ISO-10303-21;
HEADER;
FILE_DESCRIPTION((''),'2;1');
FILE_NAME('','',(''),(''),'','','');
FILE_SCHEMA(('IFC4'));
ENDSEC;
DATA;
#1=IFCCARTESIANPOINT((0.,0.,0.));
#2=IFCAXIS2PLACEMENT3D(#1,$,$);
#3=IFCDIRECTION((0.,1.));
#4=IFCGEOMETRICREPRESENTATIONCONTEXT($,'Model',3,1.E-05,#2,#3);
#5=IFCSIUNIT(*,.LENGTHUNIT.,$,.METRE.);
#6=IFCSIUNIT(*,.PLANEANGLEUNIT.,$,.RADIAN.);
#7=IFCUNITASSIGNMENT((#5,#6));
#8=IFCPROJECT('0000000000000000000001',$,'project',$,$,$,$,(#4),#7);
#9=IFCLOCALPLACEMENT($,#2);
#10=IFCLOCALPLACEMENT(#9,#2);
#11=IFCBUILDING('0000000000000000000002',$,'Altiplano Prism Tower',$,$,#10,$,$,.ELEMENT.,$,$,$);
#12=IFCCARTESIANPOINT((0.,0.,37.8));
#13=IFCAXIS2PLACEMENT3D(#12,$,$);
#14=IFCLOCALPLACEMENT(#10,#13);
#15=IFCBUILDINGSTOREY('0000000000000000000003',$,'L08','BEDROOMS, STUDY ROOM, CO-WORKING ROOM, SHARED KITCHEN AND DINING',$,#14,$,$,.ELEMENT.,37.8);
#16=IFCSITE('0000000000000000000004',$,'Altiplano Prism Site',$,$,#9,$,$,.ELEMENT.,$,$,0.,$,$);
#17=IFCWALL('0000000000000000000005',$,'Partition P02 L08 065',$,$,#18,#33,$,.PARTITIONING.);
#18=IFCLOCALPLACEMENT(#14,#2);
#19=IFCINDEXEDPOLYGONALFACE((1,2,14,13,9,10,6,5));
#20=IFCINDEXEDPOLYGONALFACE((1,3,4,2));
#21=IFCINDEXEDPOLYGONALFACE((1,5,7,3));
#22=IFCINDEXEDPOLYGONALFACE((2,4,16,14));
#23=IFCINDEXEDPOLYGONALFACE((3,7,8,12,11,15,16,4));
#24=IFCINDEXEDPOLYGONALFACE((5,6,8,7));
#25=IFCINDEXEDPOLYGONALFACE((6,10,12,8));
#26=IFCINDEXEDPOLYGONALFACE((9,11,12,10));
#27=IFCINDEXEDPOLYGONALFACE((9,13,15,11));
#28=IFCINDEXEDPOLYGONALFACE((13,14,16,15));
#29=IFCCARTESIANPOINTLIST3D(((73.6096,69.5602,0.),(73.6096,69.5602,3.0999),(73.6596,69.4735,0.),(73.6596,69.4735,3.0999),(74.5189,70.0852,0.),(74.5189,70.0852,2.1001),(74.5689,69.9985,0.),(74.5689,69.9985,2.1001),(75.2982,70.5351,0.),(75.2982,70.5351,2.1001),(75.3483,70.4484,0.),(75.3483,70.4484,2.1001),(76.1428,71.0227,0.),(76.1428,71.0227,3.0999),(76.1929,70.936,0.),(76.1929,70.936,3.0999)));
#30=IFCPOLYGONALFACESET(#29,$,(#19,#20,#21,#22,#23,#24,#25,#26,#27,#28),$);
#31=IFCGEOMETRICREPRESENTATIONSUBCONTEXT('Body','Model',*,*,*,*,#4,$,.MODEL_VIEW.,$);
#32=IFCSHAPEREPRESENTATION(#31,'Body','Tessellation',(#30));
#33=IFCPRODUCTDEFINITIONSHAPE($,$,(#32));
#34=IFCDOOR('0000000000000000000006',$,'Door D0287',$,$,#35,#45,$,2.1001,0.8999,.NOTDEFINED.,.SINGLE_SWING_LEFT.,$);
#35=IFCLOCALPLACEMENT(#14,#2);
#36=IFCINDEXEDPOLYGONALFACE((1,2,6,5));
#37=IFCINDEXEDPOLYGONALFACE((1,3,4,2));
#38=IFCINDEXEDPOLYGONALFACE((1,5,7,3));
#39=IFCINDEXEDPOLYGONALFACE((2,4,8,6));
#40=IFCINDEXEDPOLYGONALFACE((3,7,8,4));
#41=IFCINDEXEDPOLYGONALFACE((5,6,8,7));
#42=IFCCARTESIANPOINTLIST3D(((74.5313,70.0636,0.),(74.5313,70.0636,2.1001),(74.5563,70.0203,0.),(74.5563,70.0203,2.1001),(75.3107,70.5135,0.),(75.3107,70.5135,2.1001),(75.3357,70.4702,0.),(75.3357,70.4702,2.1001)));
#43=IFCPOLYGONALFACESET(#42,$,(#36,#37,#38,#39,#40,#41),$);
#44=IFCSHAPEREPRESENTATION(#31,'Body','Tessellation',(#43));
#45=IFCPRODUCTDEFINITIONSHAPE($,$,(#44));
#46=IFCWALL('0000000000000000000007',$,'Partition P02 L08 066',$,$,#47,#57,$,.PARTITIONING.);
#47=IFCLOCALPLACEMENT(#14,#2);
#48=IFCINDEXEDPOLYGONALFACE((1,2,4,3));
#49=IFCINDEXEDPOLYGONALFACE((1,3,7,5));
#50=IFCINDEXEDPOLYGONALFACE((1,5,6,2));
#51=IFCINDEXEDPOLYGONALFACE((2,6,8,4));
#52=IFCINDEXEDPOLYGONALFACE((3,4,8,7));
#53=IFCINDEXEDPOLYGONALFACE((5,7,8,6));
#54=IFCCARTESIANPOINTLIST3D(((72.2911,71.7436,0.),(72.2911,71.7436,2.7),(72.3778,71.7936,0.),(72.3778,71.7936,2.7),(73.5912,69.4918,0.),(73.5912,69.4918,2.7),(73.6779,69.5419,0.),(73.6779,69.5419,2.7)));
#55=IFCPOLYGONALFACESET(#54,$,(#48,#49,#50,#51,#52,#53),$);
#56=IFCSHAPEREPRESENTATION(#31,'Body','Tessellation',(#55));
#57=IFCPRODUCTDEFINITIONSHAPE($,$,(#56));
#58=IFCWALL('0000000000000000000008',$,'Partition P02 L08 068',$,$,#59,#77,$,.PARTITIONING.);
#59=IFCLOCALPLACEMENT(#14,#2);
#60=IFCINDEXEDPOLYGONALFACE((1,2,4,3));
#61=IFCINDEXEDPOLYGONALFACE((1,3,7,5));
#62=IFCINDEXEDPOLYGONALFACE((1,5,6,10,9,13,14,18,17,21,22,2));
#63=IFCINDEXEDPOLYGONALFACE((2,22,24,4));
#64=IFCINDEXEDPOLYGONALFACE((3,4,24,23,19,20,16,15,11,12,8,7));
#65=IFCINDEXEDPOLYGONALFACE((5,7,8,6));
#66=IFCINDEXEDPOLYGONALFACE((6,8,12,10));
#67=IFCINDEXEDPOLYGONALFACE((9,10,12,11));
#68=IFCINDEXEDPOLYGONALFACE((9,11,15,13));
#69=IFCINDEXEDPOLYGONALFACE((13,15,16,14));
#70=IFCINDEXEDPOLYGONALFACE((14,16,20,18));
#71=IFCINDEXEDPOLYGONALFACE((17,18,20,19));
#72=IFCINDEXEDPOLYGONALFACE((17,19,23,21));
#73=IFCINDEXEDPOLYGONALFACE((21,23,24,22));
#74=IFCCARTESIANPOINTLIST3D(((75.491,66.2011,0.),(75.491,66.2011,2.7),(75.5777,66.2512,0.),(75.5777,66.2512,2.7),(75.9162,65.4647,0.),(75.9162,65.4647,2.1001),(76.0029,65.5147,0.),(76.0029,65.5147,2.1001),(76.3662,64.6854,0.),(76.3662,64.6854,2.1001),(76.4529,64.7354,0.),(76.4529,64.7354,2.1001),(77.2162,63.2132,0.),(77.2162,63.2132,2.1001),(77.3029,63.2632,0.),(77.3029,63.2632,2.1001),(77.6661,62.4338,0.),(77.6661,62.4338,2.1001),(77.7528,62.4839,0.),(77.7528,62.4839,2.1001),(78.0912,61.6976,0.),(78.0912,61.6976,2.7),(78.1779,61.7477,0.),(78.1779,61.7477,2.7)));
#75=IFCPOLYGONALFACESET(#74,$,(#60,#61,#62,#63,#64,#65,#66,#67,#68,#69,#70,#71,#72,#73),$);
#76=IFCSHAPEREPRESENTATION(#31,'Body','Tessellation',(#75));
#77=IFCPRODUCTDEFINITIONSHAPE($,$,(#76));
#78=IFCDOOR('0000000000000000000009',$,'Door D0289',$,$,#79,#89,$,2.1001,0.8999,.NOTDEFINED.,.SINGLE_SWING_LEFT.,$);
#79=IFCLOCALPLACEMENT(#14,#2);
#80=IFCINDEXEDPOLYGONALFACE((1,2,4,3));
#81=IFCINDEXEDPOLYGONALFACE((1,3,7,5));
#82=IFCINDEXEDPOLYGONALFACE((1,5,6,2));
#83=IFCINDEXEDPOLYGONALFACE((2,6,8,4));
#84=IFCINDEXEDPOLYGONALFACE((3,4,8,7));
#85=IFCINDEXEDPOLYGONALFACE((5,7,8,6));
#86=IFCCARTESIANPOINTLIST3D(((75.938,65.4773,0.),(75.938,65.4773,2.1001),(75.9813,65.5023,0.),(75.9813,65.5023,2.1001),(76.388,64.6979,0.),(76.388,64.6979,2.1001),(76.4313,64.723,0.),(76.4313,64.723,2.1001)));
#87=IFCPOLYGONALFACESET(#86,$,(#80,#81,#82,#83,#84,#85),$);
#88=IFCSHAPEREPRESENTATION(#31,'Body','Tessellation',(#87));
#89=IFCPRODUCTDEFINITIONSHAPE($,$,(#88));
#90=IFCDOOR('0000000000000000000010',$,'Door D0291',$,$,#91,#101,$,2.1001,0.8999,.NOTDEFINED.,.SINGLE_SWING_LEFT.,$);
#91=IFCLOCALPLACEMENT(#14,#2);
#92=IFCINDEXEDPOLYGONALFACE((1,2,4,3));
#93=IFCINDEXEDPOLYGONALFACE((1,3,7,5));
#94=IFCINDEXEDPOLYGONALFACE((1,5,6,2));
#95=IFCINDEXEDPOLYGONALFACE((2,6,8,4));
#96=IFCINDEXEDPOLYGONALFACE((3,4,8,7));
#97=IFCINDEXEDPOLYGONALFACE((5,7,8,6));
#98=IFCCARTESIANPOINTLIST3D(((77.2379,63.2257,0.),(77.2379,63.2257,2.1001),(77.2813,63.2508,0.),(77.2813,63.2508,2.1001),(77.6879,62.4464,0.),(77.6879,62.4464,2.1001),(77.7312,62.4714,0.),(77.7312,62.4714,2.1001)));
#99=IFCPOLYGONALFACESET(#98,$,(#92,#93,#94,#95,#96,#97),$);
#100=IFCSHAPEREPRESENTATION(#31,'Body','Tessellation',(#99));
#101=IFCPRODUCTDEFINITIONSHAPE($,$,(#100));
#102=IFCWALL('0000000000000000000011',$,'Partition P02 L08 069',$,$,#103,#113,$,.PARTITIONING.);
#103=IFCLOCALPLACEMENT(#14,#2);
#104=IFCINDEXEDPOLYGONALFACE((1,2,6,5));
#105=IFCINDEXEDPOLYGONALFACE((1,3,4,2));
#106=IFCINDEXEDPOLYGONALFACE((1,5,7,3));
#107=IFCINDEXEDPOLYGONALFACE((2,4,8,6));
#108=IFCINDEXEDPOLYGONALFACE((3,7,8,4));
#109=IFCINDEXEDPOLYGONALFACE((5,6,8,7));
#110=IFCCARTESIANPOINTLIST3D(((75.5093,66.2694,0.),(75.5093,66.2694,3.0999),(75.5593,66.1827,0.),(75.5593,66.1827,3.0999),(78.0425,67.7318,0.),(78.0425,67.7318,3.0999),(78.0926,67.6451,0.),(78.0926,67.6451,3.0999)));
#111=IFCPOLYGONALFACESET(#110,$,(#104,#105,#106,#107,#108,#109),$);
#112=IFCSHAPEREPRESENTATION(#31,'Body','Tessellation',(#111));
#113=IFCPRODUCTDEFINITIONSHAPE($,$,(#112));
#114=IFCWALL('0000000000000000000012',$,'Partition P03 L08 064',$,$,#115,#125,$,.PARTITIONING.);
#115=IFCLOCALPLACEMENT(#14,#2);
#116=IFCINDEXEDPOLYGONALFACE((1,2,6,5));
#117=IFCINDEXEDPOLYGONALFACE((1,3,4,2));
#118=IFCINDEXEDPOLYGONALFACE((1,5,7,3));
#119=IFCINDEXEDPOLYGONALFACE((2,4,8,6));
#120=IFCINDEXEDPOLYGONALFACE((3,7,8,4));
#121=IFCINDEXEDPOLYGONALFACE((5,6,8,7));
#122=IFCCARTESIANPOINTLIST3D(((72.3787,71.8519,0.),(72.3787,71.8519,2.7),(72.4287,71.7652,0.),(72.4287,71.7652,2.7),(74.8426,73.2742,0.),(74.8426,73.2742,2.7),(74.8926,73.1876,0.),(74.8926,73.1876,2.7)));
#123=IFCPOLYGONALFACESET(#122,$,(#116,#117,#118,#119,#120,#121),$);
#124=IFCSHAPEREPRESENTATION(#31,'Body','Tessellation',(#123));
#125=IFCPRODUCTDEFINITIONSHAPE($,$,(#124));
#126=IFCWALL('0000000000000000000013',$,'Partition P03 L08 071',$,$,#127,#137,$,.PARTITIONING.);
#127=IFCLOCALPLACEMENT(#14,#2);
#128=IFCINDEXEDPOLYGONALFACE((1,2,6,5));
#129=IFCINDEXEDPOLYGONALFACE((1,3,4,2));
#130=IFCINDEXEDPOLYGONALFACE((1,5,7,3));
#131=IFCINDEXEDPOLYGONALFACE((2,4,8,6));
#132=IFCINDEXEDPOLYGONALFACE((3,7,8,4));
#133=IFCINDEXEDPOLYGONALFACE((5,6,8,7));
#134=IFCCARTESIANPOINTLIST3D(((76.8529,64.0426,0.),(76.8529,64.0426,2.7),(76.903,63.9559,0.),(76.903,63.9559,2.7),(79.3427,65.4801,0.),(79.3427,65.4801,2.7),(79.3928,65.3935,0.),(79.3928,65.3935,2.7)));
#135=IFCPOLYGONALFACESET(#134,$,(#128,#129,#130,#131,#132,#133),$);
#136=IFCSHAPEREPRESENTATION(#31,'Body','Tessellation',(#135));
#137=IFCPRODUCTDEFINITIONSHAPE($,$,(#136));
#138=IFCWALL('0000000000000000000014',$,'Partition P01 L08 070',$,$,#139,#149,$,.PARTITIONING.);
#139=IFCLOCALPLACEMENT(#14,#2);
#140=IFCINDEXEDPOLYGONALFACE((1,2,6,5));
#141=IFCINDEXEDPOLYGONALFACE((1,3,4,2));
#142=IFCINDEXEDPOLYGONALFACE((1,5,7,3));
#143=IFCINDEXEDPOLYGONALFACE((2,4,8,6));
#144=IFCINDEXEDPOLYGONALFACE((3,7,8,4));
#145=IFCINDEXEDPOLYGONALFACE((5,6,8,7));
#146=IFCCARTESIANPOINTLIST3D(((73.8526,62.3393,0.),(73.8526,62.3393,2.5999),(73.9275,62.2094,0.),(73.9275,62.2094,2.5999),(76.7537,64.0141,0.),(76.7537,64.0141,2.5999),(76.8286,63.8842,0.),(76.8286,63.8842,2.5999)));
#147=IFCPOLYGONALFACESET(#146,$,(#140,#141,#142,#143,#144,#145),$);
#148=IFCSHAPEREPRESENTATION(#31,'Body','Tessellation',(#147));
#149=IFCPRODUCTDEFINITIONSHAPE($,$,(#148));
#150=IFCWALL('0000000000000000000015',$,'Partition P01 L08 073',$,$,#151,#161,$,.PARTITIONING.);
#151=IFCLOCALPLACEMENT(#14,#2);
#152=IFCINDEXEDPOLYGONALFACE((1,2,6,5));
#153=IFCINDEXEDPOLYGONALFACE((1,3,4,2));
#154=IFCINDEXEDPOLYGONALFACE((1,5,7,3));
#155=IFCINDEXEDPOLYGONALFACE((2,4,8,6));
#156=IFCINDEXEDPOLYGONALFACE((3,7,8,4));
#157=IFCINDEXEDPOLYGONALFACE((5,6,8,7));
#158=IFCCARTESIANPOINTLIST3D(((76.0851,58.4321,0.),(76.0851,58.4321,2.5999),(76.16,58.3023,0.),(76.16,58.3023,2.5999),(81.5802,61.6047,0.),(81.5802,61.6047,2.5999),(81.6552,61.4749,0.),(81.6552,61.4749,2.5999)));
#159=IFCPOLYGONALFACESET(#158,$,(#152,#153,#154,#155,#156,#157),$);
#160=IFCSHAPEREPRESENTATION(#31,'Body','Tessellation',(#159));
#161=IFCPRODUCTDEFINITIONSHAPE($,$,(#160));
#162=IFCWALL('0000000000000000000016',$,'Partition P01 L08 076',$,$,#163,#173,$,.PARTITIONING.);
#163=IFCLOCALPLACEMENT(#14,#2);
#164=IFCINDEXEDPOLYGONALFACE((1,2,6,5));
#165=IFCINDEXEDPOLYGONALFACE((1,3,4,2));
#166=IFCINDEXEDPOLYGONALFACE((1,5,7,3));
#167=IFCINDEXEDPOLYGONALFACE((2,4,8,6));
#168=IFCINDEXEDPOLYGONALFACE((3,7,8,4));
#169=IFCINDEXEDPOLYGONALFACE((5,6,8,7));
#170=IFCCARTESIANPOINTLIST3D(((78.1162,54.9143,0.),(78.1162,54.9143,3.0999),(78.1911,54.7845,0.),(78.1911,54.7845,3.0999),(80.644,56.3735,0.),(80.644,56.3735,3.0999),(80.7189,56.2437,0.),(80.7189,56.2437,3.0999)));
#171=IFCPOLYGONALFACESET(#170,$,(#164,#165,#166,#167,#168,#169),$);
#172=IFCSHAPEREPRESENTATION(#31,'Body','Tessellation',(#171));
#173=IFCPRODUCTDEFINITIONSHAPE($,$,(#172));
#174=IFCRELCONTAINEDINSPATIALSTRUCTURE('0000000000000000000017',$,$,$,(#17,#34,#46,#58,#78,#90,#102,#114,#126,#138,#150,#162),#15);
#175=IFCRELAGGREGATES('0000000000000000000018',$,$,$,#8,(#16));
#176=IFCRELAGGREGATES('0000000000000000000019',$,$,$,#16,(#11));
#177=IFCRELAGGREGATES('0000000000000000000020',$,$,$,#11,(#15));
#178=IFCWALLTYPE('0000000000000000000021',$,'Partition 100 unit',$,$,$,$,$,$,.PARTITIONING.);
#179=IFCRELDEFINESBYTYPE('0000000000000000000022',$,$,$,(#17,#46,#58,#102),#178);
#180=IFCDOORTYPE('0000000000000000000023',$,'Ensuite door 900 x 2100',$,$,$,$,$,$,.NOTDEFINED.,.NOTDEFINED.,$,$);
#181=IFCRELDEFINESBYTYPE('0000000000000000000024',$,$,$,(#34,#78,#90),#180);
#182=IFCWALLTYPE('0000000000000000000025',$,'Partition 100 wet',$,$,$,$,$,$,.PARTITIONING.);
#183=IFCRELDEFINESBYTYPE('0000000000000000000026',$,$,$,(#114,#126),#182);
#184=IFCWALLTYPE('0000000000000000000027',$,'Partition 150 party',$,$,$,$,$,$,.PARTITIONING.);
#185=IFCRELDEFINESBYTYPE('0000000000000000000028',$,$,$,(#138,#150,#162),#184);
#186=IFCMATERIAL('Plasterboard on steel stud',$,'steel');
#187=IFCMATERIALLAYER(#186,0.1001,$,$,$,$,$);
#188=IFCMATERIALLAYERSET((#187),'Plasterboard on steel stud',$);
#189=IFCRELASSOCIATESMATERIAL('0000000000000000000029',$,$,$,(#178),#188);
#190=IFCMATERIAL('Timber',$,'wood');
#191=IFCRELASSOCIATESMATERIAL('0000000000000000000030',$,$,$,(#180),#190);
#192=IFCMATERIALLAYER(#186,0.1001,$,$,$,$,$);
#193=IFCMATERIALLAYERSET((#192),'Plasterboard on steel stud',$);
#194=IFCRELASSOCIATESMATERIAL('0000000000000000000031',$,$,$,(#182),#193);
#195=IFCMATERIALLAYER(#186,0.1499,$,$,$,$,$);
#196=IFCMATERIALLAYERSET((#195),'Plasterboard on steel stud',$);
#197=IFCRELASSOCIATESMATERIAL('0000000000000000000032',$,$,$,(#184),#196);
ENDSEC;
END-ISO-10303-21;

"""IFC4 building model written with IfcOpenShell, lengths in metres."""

from ifc_helpers import new_model, si_unit, direction, frame, frame_2d, origin, place, context, subcontext, project, spatial, rectangle, extrude, material, layer, layer_set, type_object, element, fill, save


model = new_model("IFC4")

# Units and contexts
model_context = context("Model", 3, precision=1e-05, world=origin(), true_north=direction((0.0, 1.0)))
body_context = subcontext(model_context, "Body", "Model", "MODEL_VIEW")
ifc_project = project(units=[si_unit("LENGTHUNIT", "METRE"), si_unit("PLANEANGLEUNIT", "RADIAN")], contexts=[model_context])

# Site, building, storey
site_placement = place(None, origin())
site = spatial("IfcSite", under=ifc_project, at=site_placement, Name="Altiplano Prism Site", CompositionType="ELEMENT", RefElevation=0.0)
building_placement = place(site_placement, origin())
building = spatial("IfcBuilding", under=site, at=building_placement, Name="Altiplano Prism Tower", CompositionType="ELEMENT")
storey_placement = place(building_placement, frame((0.0, 0.0, 37.8)))
storey = spatial("IfcBuildingStorey", under=building, at=storey_placement, Name="L08", Description="BEDROOMS, STUDY ROOM, CO-WORKING ROOM, SHARED KITCHEN AND DINING", CompositionType="ELEMENT", Elevation=37.8)

# Shared definitions
ifc_material_1 = material(Name="Plasterboard on steel stud", Category="steel")
ifc_layer_1 = layer(ifc_material_1, 0.1001)
ifc_layer_set_1 = layer_set([ifc_layer_1], Name="Plasterboard on steel stud")
wall_type_1 = type_object("IfcWallType", Name="Partition 100 unit", PredefinedType="PARTITIONING", material=ifc_layer_set_1)

# Wall, opening, door
wall_1_placement = place(storey_placement, frame((76.1677, 70.9792, 0.0), z_axis=(0.0, 0.0, 1.0), x_axis=(-0.866047, -0.499963, 0.0)))
wall_1 = element("IfcWall", 1, at=wall_1_placement, inside=storey, type_object=wall_type_1, Name="Partition P02 L08 065", PredefinedType="PARTITIONING", context=body_context, shape_type="SweptSolid", body=[
    extrude(rectangle(XDim=2.925, YDim=0.1001, at=frame_2d((1.4624, 0.0))), origin(), (0.0, 0.0, 1.0), 3.0999),
])
opening_1_placement = place(wall_1_placement, frame((0.9751, 0.0, 0.0)))
opening_1 = element("IfcOpeningElement", 2, at=opening_1_placement, cuts=wall_1, PredefinedType="OPENING", context=body_context, shape_type="SweptSolid", body=[
    extrude(rectangle(XDim=0.8999, YDim=2.1001, at=frame_2d((0.45, 1.05))), frame((0.0, 0.0605, 0.0), z_axis=(0.0, -1.0, 0.0), x_axis=(1.0, 0.0, 0.0)), (0.0, 0.0, 1.0), 0.1211),
])
ifc_material_2 = material(Name="Timber", Category="wood")
door_type = type_object("IfcDoorType", Name="Ensuite door 900 x 2100", OperationType="NOTDEFINED", PredefinedType="NOTDEFINED", material=ifc_material_2)
door_1_placement = place(opening_1_placement, origin())
door_1 = element("IfcDoor", 3, at=door_1_placement, inside=storey, type_object=door_type, Name="Door D0287", OperationType="SINGLE_SWING_LEFT", OverallHeight=2.1001, OverallWidth=0.8999, PredefinedType="NOTDEFINED", context=body_context, shape_type="SweptSolid", body=[
    extrude(rectangle(XDim=0.8999, YDim=2.1001, at=frame_2d((0.45, 1.05))), frame((0.0, 0.0249, 0.0), z_axis=(0.0, -1.0, 0.0), x_axis=(1.0, 0.0, 0.0)), (0.0, 0.0, 1.0), 0.05),
])
fill(opening_1, door_1)

# Wall
wall_2_placement = place(storey_placement, frame((73.6345, 69.5168, 0.0), z_axis=(0.0, 0.0, 1.0), x_axis=(-0.500007, 0.866021, 0.0)))
element("IfcWall", 4, at=wall_2_placement, inside=storey, type_object=wall_type_1, Name="Partition P02 L08 066", PredefinedType="PARTITIONING", context=body_context, shape_type="SweptSolid", body=[
    extrude(rectangle(XDim=2.6001, YDim=0.1001, at=frame_2d((1.3, 0.0))), origin(), (0.0, 0.0, 1.0), 2.7),
])

# Wall, openings, doors
wall_3_placement = place(storey_placement, frame((78.1345, 61.7227, 0.0), z_axis=(0.0, 0.0, 1.0), x_axis=(-0.500007, 0.866021, 0.0)))
wall_3 = element("IfcWall", 5, at=wall_3_placement, inside=storey, type_object=wall_type_1, Name="Partition P02 L08 068", PredefinedType="PARTITIONING", context=body_context, shape_type="SweptSolid", body=[
    extrude(rectangle(XDim=5.2002, YDim=0.1001, at=frame_2d((2.6001, 0.0))), origin(), (0.0, 0.0, 1.0), 2.7),
])
opening_2_placement = place(wall_3_placement, frame((3.45, 0.0, 0.0)))
opening_2 = element("IfcOpeningElement", 6, at=opening_2_placement, cuts=wall_3, PredefinedType="OPENING", context=body_context, shape_type="SweptSolid", body=[
    extrude(rectangle(XDim=0.8999, YDim=2.1001, at=frame_2d((0.45, 1.05))), frame((0.0, 0.0605, 0.0), z_axis=(0.0, -1.0, 0.0), x_axis=(1.0, 0.0, 0.0)), (0.0, 0.0, 1.0), 0.1211),
])
opening_3_placement = place(wall_3_placement, frame((0.8501, 0.0, 0.0)))
opening_3 = element("IfcOpeningElement", 7, at=opening_3_placement, cuts=wall_3, PredefinedType="OPENING", context=body_context, shape_type="SweptSolid", body=[
    extrude(rectangle(XDim=0.8999, YDim=2.1001, at=frame_2d((0.45, 1.05))), frame((0.0, 0.0605, 0.0), z_axis=(0.0, -1.0, 0.0), x_axis=(1.0, 0.0, 0.0)), (0.0, 0.0, 1.0), 0.1211),
])
door_2_placement = place(opening_2_placement, origin())
door_2 = element("IfcDoor", 8, at=door_2_placement, inside=storey, type_object=door_type, Name="Door D0289", OperationType="SINGLE_SWING_LEFT", OverallHeight=2.1001, OverallWidth=0.8999, PredefinedType="NOTDEFINED", context=body_context, shape_type="SweptSolid", body=[
    extrude(rectangle(XDim=0.8999, YDim=2.1001, at=frame_2d((0.45, 1.05))), frame((0.0, 0.0249, 0.0), z_axis=(0.0, -1.0, 0.0), x_axis=(1.0, 0.0, 0.0)), (0.0, 0.0, 1.0), 0.05),
])
fill(opening_2, door_2)
door_3_placement = place(opening_3_placement, origin())
door_3 = element("IfcDoor", 9, at=door_3_placement, inside=storey, type_object=door_type, Name="Door D0291", OperationType="SINGLE_SWING_LEFT", OverallHeight=2.1001, OverallWidth=0.8999, PredefinedType="NOTDEFINED", context=body_context, shape_type="SweptSolid", body=[
    extrude(rectangle(XDim=0.8999, YDim=2.1001, at=frame_2d((0.45, 1.05))), frame((0.0, 0.0249, 0.0), z_axis=(0.0, -1.0, 0.0), x_axis=(1.0, 0.0, 0.0)), (0.0, 0.0, 1.0), 0.05),
])
fill(opening_3, door_3)

# Walls
wall_4_placement = place(storey_placement, frame((75.5344, 66.2261, 0.0), z_axis=(0.0, 0.0, 1.0), x_axis=(0.866047, 0.499963, 0.0)))
element("IfcWall", 10, at=wall_4_placement, inside=storey, type_object=wall_type_1, Name="Partition P02 L08 069", PredefinedType="PARTITIONING", context=body_context, shape_type="SweptSolid", body=[
    extrude(rectangle(XDim=2.925, YDim=0.1001, at=frame_2d((1.4624, 0.0))), origin(), (0.0, 0.0, 1.0), 3.0999),
])
ifc_layer_2 = layer(ifc_material_1, 0.1001)
ifc_layer_set_2 = layer_set([ifc_layer_2], Name="Plasterboard on steel stud")
wall_type_2 = type_object("IfcWallType", Name="Partition 100 wet", PredefinedType="PARTITIONING", material=ifc_layer_set_2)
wall_5_placement = place(storey_placement, frame((72.4038, 71.8086, 0.0), z_axis=(0.0, 0.0, 1.0), x_axis=(0.866048, 0.49996, 0.0)))
element("IfcWall", 11, at=wall_5_placement, inside=storey, type_object=wall_type_2, Name="Partition P03 L08 064", PredefinedType="PARTITIONING", context=body_context, shape_type="SweptSolid", body=[
    extrude(rectangle(XDim=2.845, YDim=0.1001, at=frame_2d((1.4224, 0.0))), origin(), (0.0, 0.0, 1.0), 2.7),
])
wall_6_placement = place(storey_placement, frame((76.8779, 63.9993, 0.0), z_axis=(0.0, 0.0, 1.0), x_axis=(0.866019, 0.500012, 0.0)))
element("IfcWall", 12, at=wall_6_placement, inside=storey, type_object=wall_type_2, Name="Partition P03 L08 071", PredefinedType="PARTITIONING", context=body_context, shape_type="SweptSolid", body=[
    extrude(rectangle(XDim=2.875, YDim=0.1001, at=frame_2d((1.4375, 0.0))), origin(), (0.0, 0.0, 1.0), 2.7),
])
ifc_layer_3 = layer(ifc_material_1, 0.1499)
ifc_layer_set_3 = layer_set([ifc_layer_3], Name="Plasterboard on steel stud")
wall_type_3 = type_object("IfcWallType", Name="Partition 150 party", PredefinedType="PARTITIONING", material=ifc_layer_set_3)
wall_7_placement = place(storey_placement, frame((73.8901, 62.2744, 0.0), z_axis=(0.0, 0.0, 1.0), x_axis=(0.866046, 0.499964, 0.0)))
element("IfcWall", 13, at=wall_7_placement, inside=storey, type_object=wall_type_3, Name="Partition P01 L08 070", PredefinedType="PARTITIONING", context=body_context, shape_type="SweptSolid", body=[
    extrude(rectangle(XDim=3.3499, YDim=0.1499, at=frame_2d((1.6748, 0.0))), origin(), (0.0, 0.0, 1.0), 2.5999),
])
wall_8_placement = place(storey_placement, frame((76.1226, 58.3672, 0.0), z_axis=(0.0, 0.0, 1.0), x_axis=(0.866025, 0.5, 0.0)))
element("IfcWall", 14, at=wall_8_placement, inside=storey, type_object=wall_type_3, Name="Partition P01 L08 073", PredefinedType="PARTITIONING", context=body_context, shape_type="SweptSolid", body=[
    extrude(rectangle(XDim=6.3452, YDim=0.1499, at=frame_2d((3.1726, 0.0))), origin(), (0.0, 0.0, 1.0), 2.5999),
])
wall_9_placement = place(storey_placement, frame((78.1536, 54.8494, 0.0), z_axis=(0.0, 0.0, 1.0), x_axis=(0.866057, 0.499944, 0.0)))
element("IfcWall", 15, at=wall_9_placement, inside=storey, type_object=wall_type_3, Name="Partition P01 L08 076", PredefinedType="PARTITIONING", context=body_context, shape_type="SweptSolid", body=[
    extrude(rectangle(XDim=2.9187, YDim=0.1499, at=frame_2d((1.4595, 0.0))), origin(), (0.0, 0.0, 1.0), 3.0999),
])

save(model, "model.ifc")
